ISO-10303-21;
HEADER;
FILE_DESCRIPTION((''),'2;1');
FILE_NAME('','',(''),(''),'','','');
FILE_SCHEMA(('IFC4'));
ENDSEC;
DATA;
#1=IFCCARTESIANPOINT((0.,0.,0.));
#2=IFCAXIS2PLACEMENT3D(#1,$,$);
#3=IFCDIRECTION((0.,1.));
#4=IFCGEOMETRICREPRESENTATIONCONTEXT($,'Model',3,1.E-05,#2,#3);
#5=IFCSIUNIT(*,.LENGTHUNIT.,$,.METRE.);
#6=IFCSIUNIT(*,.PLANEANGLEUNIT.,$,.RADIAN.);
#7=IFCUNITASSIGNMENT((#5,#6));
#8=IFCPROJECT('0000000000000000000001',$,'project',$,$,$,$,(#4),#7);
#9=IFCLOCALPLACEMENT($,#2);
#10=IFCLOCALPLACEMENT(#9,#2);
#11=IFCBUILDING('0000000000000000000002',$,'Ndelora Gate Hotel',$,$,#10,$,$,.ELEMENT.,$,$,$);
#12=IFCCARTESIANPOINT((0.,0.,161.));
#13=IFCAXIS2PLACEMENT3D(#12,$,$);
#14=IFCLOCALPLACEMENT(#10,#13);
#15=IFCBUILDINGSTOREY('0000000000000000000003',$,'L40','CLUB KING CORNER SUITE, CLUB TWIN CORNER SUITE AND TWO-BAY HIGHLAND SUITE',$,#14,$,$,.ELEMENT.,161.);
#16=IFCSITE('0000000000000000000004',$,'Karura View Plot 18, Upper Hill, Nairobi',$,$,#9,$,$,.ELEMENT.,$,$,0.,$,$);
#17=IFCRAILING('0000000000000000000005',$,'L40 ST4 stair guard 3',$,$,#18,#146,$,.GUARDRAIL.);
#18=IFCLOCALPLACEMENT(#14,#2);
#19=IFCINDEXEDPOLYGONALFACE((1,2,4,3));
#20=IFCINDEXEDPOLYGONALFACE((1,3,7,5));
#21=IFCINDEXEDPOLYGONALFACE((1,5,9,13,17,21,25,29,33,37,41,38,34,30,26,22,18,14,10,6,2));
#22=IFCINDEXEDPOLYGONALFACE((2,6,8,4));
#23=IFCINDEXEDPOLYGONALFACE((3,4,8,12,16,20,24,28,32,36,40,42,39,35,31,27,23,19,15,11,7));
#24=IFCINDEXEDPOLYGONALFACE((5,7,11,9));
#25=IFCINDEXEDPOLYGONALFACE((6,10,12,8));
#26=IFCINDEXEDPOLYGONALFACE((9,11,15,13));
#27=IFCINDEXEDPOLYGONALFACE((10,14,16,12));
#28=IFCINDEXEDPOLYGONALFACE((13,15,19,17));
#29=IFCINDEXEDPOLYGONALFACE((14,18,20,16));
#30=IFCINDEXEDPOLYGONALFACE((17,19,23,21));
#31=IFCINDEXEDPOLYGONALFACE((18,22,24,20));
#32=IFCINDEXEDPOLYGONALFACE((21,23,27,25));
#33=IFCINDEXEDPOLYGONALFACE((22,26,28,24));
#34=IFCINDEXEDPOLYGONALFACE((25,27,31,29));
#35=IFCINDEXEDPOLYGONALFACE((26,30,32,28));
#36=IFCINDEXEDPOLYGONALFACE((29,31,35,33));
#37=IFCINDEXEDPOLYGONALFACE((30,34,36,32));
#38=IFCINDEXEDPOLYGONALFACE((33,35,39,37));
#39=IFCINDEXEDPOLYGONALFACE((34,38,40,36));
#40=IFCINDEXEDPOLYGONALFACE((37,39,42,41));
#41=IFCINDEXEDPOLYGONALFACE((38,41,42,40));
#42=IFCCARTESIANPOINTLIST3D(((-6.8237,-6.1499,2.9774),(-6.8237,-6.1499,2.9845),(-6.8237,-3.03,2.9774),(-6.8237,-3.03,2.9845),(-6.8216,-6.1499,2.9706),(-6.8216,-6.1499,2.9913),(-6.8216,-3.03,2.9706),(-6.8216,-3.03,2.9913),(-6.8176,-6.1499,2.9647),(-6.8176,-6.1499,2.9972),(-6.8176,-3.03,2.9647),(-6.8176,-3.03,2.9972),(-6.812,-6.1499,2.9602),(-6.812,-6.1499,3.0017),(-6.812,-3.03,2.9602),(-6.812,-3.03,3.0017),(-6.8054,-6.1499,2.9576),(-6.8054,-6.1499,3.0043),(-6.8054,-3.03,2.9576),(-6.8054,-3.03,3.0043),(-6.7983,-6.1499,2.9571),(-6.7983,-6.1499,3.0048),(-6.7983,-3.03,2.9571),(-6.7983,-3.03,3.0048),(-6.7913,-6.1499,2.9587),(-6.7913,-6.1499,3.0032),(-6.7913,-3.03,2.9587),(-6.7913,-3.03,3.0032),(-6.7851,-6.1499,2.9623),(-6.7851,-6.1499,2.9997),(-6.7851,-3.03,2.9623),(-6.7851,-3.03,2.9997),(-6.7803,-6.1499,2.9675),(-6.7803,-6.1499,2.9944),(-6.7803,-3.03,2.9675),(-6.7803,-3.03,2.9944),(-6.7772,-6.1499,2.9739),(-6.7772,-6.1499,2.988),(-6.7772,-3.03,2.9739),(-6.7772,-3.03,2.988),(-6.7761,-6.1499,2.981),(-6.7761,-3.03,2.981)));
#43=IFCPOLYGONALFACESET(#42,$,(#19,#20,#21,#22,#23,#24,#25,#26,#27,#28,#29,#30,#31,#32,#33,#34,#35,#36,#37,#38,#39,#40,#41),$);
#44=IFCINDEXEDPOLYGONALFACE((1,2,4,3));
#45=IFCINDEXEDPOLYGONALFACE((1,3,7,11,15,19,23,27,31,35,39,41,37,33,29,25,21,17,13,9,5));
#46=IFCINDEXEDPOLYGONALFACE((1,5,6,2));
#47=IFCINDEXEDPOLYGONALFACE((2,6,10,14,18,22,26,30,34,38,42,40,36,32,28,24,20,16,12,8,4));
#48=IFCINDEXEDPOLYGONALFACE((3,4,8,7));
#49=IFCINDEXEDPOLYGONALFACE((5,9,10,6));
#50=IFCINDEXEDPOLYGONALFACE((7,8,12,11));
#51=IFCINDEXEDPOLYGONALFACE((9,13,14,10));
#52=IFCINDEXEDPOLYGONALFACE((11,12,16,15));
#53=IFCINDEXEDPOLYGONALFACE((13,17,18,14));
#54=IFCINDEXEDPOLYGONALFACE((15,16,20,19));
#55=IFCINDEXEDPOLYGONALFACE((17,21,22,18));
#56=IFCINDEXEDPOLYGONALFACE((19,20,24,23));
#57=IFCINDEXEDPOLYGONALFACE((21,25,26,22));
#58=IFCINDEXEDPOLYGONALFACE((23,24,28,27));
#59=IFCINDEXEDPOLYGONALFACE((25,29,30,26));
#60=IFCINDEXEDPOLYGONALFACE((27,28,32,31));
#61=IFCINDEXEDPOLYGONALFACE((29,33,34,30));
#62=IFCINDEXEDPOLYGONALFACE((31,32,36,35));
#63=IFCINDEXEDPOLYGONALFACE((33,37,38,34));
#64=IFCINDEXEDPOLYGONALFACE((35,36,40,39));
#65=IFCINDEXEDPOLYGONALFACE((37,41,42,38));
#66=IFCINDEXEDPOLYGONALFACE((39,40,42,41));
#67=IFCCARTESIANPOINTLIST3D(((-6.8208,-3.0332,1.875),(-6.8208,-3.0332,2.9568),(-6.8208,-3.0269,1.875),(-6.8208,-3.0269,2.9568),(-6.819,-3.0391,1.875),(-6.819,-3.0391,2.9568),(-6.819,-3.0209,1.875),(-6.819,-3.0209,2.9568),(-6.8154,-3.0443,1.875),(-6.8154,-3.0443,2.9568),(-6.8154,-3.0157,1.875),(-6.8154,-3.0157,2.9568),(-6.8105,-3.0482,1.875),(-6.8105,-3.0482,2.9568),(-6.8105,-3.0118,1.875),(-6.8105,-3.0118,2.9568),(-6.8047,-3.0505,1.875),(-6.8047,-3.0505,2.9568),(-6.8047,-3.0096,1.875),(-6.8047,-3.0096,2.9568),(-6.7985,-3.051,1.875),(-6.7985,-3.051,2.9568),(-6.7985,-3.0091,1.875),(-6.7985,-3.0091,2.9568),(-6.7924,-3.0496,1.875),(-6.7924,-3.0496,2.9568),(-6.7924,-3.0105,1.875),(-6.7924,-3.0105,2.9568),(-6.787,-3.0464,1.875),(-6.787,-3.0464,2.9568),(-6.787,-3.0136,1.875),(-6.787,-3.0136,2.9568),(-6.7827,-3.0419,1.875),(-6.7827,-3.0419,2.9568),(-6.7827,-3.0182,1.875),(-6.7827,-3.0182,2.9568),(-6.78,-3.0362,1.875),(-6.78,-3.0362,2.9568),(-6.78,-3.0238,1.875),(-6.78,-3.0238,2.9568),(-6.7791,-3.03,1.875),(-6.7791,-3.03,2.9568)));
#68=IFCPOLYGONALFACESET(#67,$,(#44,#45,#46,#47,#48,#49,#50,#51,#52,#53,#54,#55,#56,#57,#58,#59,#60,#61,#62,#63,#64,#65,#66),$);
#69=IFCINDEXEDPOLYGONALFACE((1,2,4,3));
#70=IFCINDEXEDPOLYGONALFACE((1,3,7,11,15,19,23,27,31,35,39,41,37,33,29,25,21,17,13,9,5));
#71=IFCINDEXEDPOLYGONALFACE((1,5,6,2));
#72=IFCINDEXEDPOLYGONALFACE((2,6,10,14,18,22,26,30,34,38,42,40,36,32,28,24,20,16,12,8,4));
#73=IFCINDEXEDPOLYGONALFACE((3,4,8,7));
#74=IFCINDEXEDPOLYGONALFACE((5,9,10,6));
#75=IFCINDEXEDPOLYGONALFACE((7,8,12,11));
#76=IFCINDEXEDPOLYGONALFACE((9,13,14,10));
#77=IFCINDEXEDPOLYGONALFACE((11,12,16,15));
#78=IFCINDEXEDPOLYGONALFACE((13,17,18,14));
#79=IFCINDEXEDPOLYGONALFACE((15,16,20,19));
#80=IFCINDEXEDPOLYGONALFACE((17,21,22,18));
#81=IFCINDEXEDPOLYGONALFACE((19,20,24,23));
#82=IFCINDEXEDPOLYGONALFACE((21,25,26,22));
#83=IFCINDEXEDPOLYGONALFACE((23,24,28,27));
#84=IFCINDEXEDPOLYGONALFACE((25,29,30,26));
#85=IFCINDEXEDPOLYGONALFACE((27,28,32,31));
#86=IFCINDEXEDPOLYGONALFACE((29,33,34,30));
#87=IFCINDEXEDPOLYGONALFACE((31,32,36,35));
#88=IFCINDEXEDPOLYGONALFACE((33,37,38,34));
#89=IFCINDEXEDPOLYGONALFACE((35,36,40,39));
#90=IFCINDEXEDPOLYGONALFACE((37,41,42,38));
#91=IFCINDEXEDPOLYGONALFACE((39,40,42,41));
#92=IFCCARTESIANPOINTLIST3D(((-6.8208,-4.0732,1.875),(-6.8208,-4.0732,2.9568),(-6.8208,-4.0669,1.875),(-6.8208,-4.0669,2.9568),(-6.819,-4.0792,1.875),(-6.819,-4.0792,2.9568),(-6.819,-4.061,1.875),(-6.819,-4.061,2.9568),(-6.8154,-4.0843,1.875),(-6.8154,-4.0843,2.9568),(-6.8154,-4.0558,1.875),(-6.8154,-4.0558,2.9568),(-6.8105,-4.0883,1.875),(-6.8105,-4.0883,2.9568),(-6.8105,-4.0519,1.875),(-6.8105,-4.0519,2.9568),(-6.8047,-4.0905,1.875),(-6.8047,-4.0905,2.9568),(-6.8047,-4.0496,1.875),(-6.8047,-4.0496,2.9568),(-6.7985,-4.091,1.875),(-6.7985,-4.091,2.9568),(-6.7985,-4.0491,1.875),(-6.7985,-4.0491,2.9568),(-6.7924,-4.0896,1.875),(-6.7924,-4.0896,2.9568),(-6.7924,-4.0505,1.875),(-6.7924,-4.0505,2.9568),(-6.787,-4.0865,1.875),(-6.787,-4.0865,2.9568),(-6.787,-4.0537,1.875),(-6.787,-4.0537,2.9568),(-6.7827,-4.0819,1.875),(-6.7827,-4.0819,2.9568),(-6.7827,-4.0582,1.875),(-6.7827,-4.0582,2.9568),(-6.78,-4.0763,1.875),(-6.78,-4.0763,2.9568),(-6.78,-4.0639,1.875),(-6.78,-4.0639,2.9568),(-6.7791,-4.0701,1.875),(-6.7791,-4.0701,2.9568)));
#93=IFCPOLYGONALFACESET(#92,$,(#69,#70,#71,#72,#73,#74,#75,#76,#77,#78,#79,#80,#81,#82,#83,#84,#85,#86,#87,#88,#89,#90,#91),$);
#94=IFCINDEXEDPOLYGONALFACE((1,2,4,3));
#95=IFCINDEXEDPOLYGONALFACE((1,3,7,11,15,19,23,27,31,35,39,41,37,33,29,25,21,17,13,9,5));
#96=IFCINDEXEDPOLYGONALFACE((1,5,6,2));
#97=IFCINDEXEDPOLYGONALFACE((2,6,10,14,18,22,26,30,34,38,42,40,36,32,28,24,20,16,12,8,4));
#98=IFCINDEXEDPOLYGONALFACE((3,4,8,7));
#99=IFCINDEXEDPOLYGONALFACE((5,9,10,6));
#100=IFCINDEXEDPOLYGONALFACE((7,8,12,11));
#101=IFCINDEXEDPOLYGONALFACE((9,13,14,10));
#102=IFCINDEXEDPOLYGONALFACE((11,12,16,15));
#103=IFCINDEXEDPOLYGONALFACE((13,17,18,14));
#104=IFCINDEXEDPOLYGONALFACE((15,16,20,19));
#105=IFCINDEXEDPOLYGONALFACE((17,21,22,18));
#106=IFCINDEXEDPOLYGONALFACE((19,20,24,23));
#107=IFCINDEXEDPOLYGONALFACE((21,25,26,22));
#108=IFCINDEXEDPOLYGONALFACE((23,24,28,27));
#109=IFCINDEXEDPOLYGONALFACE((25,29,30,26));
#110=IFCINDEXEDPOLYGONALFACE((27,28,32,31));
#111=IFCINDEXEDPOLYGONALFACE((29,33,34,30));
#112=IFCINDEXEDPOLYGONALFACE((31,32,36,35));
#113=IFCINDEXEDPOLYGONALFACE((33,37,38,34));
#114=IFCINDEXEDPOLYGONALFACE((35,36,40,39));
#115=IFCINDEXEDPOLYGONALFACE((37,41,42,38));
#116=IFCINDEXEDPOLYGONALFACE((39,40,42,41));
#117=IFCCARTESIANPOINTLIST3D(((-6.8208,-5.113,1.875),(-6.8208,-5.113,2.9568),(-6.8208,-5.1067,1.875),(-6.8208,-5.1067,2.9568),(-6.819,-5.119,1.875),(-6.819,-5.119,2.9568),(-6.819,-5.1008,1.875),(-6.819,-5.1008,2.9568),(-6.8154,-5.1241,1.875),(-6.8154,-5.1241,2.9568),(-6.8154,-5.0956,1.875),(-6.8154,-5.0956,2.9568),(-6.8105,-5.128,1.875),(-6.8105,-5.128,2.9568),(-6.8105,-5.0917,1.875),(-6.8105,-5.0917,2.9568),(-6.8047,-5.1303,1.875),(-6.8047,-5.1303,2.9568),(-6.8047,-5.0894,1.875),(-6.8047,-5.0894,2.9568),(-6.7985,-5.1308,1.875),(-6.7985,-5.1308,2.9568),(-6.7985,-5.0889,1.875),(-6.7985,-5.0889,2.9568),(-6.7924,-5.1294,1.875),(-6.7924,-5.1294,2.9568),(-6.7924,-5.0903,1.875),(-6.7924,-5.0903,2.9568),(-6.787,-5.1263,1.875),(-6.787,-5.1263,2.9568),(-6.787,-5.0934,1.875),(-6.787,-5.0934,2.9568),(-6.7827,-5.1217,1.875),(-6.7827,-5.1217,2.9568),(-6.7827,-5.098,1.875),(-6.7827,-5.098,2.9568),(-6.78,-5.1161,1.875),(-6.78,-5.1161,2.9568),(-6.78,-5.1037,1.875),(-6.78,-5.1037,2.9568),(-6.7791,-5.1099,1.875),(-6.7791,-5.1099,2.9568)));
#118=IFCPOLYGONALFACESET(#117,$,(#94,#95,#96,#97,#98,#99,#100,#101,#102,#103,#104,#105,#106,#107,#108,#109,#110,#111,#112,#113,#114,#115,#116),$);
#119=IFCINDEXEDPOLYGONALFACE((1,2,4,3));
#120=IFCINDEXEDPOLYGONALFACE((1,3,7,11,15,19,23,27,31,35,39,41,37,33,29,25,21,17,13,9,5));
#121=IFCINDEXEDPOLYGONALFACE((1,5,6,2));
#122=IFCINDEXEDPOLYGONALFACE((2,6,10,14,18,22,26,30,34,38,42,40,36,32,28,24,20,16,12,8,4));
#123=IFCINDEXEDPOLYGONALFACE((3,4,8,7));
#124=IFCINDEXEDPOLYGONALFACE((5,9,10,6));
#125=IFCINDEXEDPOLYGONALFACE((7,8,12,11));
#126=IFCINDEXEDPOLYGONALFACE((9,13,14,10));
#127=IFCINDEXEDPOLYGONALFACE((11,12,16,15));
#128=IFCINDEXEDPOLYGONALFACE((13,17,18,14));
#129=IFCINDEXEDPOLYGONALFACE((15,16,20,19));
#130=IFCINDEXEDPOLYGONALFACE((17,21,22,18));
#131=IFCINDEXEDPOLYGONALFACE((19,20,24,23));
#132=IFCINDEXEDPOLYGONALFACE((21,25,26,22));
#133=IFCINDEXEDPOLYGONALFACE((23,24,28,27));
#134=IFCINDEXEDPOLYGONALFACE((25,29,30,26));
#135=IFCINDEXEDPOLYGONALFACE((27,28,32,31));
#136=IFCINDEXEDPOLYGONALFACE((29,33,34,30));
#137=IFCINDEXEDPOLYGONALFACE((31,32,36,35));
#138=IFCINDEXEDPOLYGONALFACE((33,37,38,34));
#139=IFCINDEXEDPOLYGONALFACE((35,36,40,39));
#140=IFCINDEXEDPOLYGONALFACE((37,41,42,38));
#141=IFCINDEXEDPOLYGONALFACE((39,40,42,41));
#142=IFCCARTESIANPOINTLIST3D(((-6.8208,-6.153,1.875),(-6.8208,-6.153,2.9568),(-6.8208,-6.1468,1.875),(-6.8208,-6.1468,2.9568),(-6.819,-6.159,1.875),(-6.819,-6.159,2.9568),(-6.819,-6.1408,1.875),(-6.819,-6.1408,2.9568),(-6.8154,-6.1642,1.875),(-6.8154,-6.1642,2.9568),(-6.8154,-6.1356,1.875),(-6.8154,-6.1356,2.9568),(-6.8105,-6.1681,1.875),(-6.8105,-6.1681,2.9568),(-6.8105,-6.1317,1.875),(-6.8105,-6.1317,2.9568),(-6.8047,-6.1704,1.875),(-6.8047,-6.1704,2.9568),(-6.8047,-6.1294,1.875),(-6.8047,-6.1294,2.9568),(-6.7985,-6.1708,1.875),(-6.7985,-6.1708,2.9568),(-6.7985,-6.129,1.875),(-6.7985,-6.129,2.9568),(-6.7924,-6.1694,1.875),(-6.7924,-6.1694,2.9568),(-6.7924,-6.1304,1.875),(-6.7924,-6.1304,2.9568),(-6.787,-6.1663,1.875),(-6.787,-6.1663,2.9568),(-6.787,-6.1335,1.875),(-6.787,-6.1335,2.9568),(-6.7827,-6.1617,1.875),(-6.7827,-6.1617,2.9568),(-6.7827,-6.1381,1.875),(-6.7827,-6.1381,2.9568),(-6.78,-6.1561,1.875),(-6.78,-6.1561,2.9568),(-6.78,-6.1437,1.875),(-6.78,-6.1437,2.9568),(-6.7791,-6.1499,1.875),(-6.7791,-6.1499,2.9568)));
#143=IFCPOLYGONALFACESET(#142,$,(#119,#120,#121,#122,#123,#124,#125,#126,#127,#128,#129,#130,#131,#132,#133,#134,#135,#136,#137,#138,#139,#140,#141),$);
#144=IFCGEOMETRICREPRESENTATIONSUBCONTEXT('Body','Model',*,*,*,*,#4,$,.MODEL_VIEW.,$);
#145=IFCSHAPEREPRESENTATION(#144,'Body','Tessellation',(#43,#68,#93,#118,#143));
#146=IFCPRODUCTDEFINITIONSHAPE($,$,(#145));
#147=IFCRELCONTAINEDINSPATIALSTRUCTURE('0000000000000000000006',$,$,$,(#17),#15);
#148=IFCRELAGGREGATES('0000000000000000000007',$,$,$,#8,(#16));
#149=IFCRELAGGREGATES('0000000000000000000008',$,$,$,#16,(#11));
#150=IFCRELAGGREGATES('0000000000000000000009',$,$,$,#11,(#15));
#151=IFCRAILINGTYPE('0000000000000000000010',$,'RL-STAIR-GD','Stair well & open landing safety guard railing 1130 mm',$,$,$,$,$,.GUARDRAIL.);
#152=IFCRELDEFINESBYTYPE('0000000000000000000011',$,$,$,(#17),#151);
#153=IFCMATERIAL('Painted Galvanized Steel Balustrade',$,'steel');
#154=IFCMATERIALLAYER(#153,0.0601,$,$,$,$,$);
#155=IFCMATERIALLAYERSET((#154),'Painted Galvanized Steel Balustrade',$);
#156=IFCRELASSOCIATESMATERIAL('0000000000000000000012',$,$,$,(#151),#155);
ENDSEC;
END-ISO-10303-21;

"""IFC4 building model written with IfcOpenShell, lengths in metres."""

from ifc_helpers import new_model, si_unit, direction, frame, origin, origin_2d, place, context, subcontext, project, spatial, circle, extrude, material, layer, layer_set, type_object, element, save


model = new_model("IFC4")

# Units and contexts
model_context = context("Model", 3, precision=1e-05, world=origin(), true_north=direction((0.0, 1.0)))
body_context = subcontext(model_context, "Body", "Model", "MODEL_VIEW")
ifc_project = project(units=[si_unit("LENGTHUNIT", "METRE"), si_unit("PLANEANGLEUNIT", "RADIAN")], contexts=[model_context])

# Site, building, storey
site_placement = place(None, origin())
site = spatial("IfcSite", under=ifc_project, at=site_placement, Name="Karura View Plot 18, Upper Hill, Nairobi", CompositionType="ELEMENT", RefElevation=0.0)
building_placement = place(site_placement, origin())
building = spatial("IfcBuilding", under=site, at=building_placement, Name="Ndelora Gate Hotel", CompositionType="ELEMENT")
storey_placement = place(building_placement, frame((0.0, 0.0, 161.0)))
storey = spatial("IfcBuildingStorey", under=building, at=storey_placement, Name="L40", Description="CLUB KING CORNER SUITE, CLUB TWIN CORNER SUITE AND TWO-BAY HIGHLAND SUITE", CompositionType="ELEMENT", Elevation=161.0)

# Railing
ifc_material_1 = material(Name="Painted Galvanized Steel Balustrade", Category="steel")
ifc_layer_1 = layer(ifc_material_1, 0.0601)
ifc_layer_set_1 = layer_set([ifc_layer_1], Name="Painted Galvanized Steel Balustrade")
railing_type_1 = type_object("IfcRailingType", Name="RL-STAIR-GD", Description="Stair well & open landing safety guard railing 1130 mm", PredefinedType="GUARDRAIL", material=ifc_layer_set_1)
for number, where, name in (
    (1, (-6.8, -3.03, 1.875), "L40 ST4 stair guard 3"),
):
    element("IfcRailing", number, at=place(storey_placement, frame(where)), inside=storey, type_object=railing_type_1, Name=name, PredefinedType="GUARDRAIL", context=body_context, shape_type="SweptSolid", body=[
        extrude(circle(Radius=0.0239, at=origin_2d()), frame((0.0, 0.0, 1.106), z_axis=(0.0, -1.0, 0.0), x_axis=(1.0, 0.0, 0.0)), (0.0, 0.0, 1.0), 3.1199),
        extrude(circle(Radius=0.021, at=origin_2d()), origin(), (0.0, 0.0, 1.0), 1.0818),
        extrude(circle(Radius=0.021, at=origin_2d()), frame((0.0, -1.04, 0.0)), (0.0, 0.0, 1.0), 1.0818),
        extrude(circle(Radius=0.021, at=origin_2d()), frame((0.0, -2.0798, 0.0)), (0.0, 0.0, 1.0), 1.0818),
        extrude(circle(Radius=0.021, at=origin_2d()), frame((0.0, -3.1199, 0.0)), (0.0, 0.0, 1.0), 1.0818),
    ])

save(model, "model.ifc")
